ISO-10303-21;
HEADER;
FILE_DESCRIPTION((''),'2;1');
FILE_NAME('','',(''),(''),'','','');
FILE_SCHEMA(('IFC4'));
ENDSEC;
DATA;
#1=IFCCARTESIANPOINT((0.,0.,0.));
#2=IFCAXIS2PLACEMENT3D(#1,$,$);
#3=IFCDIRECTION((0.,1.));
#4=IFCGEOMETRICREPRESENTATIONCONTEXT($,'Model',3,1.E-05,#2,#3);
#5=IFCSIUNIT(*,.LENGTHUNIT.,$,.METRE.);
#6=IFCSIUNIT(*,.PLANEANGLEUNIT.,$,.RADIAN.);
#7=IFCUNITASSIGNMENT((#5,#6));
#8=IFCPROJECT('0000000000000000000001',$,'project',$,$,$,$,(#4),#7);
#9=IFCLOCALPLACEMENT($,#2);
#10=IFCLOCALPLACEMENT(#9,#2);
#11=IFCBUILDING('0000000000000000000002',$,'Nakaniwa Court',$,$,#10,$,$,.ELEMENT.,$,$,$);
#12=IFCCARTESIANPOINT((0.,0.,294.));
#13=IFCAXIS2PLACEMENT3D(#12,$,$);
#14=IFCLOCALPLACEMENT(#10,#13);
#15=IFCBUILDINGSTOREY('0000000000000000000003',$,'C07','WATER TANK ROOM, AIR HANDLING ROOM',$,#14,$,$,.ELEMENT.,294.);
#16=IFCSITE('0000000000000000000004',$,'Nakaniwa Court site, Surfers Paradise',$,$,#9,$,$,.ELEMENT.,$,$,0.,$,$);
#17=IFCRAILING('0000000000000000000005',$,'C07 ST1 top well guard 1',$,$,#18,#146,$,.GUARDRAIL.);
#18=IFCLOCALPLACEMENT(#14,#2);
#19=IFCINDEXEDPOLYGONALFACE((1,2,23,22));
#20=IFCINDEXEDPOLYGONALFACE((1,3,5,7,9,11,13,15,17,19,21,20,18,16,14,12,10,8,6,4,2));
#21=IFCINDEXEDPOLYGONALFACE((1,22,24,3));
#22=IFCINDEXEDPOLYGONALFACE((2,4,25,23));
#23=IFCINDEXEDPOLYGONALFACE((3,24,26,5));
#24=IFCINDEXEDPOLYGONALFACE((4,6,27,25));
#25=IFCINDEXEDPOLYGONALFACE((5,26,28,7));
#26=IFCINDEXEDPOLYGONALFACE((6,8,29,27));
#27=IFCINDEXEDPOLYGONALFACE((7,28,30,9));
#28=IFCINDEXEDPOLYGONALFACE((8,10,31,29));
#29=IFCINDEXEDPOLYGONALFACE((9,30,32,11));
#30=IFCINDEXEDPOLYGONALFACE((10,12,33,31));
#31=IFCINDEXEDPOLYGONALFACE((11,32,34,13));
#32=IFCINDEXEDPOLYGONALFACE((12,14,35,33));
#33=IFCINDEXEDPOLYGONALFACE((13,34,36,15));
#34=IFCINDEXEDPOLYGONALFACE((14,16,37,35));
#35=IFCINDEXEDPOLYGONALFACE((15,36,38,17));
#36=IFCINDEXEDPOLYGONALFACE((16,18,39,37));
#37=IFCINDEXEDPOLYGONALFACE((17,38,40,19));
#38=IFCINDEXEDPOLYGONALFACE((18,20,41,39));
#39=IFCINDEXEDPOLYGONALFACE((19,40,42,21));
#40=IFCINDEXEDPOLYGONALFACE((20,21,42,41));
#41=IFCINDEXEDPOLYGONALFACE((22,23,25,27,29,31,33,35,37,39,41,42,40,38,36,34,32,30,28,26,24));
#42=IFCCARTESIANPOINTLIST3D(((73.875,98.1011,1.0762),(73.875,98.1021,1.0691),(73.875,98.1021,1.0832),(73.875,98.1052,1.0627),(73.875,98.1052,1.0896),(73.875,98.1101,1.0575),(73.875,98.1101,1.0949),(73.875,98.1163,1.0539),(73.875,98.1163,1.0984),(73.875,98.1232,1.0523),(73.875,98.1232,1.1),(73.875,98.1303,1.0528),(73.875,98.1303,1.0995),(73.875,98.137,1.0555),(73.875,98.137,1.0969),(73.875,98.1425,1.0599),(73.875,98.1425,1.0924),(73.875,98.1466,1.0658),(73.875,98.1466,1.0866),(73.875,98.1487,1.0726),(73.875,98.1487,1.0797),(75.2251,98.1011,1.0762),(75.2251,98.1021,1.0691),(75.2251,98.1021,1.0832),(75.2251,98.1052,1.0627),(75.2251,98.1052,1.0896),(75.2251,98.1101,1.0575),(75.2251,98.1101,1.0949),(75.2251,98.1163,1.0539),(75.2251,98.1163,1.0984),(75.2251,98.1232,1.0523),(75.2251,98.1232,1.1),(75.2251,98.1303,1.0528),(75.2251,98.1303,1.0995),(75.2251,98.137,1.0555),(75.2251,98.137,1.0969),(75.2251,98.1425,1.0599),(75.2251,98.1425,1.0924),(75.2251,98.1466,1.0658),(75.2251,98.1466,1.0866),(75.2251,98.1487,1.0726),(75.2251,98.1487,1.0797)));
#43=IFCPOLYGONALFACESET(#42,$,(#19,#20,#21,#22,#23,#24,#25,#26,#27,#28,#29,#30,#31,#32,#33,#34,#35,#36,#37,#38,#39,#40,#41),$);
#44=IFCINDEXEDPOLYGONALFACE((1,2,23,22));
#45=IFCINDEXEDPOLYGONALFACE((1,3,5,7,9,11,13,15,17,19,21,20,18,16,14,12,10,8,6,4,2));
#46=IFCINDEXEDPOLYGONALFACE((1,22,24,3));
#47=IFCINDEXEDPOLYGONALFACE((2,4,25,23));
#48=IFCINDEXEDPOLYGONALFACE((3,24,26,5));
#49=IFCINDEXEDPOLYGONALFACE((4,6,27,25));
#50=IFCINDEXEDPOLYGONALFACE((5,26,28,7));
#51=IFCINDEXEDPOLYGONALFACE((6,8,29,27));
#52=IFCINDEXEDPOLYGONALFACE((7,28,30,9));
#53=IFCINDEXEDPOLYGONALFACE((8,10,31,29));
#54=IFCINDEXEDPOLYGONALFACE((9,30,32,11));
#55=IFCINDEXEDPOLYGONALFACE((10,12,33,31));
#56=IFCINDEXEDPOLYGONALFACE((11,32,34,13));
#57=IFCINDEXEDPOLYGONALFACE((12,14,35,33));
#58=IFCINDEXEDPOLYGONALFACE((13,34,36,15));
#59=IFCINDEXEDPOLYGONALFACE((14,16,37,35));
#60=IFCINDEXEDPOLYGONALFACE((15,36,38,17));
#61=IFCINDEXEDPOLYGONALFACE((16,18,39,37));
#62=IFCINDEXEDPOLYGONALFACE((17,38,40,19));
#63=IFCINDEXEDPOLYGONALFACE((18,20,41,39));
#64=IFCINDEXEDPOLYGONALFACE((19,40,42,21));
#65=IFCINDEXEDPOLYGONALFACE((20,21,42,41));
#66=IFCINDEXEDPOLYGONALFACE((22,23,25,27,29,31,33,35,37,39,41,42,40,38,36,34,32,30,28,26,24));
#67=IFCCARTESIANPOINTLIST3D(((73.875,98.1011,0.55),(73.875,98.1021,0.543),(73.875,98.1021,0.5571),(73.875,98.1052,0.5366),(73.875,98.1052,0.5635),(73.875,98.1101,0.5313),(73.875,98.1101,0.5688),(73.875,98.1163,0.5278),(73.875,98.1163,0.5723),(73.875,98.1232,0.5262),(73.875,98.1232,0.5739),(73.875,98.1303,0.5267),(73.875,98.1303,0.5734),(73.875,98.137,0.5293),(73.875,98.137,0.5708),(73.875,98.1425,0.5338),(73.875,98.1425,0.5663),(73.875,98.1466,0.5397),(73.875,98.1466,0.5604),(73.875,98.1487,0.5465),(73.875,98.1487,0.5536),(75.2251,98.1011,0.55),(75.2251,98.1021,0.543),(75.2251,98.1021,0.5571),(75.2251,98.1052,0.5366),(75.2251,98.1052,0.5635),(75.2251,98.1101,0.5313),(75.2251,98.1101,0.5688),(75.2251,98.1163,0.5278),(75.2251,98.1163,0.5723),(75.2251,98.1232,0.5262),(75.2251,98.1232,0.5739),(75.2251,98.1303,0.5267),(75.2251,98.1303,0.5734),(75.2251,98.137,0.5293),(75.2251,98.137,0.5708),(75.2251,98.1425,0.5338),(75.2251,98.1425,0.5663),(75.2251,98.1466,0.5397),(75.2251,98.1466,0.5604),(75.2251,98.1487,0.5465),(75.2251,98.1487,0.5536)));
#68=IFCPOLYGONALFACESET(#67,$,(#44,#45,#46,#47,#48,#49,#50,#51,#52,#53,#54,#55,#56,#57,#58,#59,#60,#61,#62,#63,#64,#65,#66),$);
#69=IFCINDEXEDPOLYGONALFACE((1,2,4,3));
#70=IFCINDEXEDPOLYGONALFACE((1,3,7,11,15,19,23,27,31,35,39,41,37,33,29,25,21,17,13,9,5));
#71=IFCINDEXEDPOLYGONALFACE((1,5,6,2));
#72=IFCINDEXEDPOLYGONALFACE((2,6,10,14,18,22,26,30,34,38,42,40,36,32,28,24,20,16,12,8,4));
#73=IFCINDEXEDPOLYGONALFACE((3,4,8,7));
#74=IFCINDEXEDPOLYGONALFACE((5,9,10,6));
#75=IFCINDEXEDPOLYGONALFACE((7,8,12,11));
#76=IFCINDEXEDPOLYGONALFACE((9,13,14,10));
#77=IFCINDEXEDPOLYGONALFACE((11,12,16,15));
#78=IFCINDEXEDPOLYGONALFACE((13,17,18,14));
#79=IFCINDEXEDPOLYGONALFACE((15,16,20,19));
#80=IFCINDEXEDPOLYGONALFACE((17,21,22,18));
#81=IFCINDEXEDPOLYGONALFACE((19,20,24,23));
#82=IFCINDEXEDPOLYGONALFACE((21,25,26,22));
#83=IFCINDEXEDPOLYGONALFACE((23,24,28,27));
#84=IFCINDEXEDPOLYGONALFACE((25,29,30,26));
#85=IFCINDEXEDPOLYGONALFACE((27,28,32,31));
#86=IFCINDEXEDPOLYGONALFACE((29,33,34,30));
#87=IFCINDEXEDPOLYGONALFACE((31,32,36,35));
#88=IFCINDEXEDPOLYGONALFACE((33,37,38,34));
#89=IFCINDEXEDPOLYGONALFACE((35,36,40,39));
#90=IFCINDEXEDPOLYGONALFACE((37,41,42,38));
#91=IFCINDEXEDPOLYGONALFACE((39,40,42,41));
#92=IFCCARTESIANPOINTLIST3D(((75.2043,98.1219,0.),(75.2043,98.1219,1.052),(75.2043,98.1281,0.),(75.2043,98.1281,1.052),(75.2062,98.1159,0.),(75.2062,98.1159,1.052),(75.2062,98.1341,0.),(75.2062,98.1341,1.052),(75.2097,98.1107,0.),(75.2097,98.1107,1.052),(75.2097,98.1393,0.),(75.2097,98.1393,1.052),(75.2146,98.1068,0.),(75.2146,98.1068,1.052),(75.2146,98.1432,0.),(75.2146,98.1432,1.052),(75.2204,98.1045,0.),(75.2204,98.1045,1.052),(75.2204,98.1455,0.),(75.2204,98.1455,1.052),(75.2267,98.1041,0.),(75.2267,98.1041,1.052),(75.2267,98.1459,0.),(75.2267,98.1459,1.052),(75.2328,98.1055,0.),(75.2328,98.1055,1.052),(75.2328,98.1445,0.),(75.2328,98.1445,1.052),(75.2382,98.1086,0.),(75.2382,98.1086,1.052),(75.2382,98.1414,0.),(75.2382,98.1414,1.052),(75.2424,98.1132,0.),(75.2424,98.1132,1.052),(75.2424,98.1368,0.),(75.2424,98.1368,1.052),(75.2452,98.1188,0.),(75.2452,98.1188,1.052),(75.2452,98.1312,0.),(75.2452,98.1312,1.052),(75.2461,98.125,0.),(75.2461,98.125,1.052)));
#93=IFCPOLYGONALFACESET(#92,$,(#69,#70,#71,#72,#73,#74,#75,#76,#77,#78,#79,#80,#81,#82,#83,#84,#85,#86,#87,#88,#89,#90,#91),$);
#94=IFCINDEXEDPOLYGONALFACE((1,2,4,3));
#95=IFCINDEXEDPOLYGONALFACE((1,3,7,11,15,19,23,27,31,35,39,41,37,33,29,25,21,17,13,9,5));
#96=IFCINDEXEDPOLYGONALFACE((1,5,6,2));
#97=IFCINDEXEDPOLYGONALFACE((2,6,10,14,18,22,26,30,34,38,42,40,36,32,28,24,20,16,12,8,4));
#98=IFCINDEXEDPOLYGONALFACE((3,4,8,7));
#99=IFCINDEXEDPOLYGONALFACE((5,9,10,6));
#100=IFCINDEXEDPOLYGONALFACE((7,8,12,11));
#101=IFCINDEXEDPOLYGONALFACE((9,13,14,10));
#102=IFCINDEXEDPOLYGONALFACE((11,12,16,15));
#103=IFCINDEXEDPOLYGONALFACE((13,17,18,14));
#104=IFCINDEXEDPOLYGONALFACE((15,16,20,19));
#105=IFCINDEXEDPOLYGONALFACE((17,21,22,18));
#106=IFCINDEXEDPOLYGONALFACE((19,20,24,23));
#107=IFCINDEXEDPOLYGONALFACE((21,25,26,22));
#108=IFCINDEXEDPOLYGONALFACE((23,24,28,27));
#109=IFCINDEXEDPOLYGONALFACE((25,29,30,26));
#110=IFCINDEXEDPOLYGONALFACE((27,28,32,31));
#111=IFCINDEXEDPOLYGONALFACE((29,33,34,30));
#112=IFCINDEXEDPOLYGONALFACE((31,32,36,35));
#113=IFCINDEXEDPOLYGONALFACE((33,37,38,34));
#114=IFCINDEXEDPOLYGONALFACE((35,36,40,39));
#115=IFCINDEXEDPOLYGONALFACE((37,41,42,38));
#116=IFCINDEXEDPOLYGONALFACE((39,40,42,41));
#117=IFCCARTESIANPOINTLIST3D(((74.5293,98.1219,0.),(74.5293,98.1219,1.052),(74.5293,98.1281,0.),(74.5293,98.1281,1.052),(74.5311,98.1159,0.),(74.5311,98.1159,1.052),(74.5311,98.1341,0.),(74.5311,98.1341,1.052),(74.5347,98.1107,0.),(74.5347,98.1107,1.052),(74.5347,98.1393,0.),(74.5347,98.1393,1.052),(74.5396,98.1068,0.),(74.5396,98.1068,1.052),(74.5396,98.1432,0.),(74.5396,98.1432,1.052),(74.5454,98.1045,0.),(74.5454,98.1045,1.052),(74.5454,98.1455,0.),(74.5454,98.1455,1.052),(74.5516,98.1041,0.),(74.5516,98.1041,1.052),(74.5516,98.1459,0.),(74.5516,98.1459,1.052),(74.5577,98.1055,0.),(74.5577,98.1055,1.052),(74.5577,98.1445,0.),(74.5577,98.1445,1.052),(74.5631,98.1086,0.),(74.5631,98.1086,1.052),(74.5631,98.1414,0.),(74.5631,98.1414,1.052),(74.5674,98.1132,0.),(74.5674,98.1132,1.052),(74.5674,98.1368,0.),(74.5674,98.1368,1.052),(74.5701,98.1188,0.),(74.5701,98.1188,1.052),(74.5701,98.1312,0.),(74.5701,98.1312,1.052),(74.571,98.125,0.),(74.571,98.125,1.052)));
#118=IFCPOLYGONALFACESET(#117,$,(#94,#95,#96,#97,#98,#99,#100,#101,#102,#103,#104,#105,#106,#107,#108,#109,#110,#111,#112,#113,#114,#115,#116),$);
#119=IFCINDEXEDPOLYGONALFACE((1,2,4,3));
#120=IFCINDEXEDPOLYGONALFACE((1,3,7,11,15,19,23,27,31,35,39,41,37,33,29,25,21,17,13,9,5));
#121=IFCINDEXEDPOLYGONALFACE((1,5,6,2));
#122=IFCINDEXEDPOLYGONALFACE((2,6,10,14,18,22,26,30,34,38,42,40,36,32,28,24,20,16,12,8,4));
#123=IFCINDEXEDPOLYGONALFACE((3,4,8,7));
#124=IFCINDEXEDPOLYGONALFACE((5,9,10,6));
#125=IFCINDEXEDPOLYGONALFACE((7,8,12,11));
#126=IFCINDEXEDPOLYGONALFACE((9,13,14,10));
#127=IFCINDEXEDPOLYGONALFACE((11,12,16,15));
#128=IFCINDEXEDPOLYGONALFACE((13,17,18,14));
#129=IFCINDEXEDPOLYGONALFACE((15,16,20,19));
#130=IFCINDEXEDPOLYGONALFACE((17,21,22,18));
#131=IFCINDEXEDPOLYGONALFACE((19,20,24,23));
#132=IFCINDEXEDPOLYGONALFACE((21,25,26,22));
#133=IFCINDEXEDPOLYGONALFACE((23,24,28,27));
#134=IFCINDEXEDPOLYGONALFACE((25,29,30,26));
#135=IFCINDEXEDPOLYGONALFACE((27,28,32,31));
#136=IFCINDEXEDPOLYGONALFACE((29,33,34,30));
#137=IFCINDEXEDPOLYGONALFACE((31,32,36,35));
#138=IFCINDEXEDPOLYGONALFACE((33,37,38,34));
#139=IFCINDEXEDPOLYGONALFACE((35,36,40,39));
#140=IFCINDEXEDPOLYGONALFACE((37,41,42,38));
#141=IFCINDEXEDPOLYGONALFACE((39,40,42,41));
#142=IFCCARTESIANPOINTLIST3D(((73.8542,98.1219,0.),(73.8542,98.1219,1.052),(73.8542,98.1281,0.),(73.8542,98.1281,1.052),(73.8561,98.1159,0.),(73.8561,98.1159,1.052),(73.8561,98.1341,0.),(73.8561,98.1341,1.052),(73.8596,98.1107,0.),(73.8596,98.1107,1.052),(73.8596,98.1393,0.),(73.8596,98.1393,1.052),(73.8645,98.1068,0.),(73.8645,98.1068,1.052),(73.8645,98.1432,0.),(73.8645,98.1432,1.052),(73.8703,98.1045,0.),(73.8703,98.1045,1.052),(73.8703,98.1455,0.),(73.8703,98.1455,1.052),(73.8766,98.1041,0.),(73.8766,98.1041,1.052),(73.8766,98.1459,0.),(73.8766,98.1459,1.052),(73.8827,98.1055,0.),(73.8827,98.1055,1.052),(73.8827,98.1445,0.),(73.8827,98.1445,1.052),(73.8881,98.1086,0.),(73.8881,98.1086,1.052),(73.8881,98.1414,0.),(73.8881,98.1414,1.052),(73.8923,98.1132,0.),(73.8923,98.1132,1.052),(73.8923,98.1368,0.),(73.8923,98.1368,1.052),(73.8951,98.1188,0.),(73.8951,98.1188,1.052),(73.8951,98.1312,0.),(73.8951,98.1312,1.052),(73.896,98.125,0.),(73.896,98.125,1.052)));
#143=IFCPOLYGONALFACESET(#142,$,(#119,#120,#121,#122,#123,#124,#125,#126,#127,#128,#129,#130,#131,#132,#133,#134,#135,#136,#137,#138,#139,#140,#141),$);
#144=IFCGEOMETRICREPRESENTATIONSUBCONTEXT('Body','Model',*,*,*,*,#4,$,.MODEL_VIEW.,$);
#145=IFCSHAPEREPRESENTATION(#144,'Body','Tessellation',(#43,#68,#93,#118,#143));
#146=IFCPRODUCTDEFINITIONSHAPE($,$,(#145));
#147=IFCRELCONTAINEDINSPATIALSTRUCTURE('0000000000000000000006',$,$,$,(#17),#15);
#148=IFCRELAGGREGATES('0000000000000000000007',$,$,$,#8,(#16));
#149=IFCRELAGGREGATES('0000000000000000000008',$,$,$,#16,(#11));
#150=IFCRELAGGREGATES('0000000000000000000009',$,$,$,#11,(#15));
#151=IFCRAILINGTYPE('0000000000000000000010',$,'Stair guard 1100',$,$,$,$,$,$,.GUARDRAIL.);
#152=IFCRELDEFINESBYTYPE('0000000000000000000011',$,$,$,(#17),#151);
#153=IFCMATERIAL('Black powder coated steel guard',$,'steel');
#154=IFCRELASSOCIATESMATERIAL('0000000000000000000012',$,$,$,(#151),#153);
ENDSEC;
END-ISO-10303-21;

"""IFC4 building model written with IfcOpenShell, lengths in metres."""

from ifc_helpers import new_model, si_unit, direction, frame, origin, origin_2d, place, context, subcontext, project, spatial, circle, extrude, material, type_object, element, save


model = new_model("IFC4")

# Units and contexts
model_context = context("Model", 3, precision=1e-05, world=origin(), true_north=direction((0.0, 1.0)))
body_context = subcontext(model_context, "Body", "Model", "MODEL_VIEW")
ifc_project = project(units=[si_unit("LENGTHUNIT", "METRE"), si_unit("PLANEANGLEUNIT", "RADIAN")], contexts=[model_context])

# Site, building, storey
site_placement = place(None, origin())
site = spatial("IfcSite", under=ifc_project, at=site_placement, Name="Nakaniwa Court site, Surfers Paradise", CompositionType="ELEMENT", RefElevation=0.0)
building_placement = place(site_placement, origin())
building = spatial("IfcBuilding", under=site, at=building_placement, Name="Nakaniwa Court", CompositionType="ELEMENT")
storey_placement = place(building_placement, frame((0.0, 0.0, 294.0)))
storey = spatial("IfcBuildingStorey", under=building, at=storey_placement, Name="C07", Description="WATER TANK ROOM, AIR HANDLING ROOM", CompositionType="ELEMENT", Elevation=294.0)

# Railing
ifc_material_1 = material(Name="Black powder coated steel guard", Category="steel")
railing_type = type_object("IfcRailingType", Name="Stair guard 1100", PredefinedType="GUARDRAIL", material=ifc_material_1)
railing_placement = place(storey_placement, frame((75.2251, 98.125, 0.0)))
element("IfcRailing", 1, at=railing_placement, inside=storey, type_object=railing_type, Name="C07 ST1 top well guard 1", PredefinedType="GUARDRAIL", context=body_context, shape_type="SweptSolid", body=[
    extrude(circle(Radius=0.0239, at=origin_2d()), frame((0.0, 0.0, 1.0762), z_axis=(-1.0, 0.0, 0.0), x_axis=(0.0, -1.0, 0.0)), (0.0, 0.0, 1.0), 1.3501),
    extrude(circle(Radius=0.0239, at=origin_2d()), frame((0.0, 0.0, 0.55), z_axis=(-1.0, 0.0, 0.0), x_axis=(0.0, -1.0, 0.0)), (0.0, 0.0, 1.0), 1.3501),
    extrude(circle(Radius=0.021, at=origin_2d()), origin(), (0.0, 0.0, 1.0), 1.052),
    extrude(circle(Radius=0.021, at=origin_2d()), frame((-0.675, 0.0, 0.0)), (0.0, 0.0, 1.0), 1.052),
    extrude(circle(Radius=0.021, at=origin_2d()), frame((-1.3501, 0.0, 0.0)), (0.0, 0.0, 1.0), 1.052),
])

save(model, "model.ifc")
